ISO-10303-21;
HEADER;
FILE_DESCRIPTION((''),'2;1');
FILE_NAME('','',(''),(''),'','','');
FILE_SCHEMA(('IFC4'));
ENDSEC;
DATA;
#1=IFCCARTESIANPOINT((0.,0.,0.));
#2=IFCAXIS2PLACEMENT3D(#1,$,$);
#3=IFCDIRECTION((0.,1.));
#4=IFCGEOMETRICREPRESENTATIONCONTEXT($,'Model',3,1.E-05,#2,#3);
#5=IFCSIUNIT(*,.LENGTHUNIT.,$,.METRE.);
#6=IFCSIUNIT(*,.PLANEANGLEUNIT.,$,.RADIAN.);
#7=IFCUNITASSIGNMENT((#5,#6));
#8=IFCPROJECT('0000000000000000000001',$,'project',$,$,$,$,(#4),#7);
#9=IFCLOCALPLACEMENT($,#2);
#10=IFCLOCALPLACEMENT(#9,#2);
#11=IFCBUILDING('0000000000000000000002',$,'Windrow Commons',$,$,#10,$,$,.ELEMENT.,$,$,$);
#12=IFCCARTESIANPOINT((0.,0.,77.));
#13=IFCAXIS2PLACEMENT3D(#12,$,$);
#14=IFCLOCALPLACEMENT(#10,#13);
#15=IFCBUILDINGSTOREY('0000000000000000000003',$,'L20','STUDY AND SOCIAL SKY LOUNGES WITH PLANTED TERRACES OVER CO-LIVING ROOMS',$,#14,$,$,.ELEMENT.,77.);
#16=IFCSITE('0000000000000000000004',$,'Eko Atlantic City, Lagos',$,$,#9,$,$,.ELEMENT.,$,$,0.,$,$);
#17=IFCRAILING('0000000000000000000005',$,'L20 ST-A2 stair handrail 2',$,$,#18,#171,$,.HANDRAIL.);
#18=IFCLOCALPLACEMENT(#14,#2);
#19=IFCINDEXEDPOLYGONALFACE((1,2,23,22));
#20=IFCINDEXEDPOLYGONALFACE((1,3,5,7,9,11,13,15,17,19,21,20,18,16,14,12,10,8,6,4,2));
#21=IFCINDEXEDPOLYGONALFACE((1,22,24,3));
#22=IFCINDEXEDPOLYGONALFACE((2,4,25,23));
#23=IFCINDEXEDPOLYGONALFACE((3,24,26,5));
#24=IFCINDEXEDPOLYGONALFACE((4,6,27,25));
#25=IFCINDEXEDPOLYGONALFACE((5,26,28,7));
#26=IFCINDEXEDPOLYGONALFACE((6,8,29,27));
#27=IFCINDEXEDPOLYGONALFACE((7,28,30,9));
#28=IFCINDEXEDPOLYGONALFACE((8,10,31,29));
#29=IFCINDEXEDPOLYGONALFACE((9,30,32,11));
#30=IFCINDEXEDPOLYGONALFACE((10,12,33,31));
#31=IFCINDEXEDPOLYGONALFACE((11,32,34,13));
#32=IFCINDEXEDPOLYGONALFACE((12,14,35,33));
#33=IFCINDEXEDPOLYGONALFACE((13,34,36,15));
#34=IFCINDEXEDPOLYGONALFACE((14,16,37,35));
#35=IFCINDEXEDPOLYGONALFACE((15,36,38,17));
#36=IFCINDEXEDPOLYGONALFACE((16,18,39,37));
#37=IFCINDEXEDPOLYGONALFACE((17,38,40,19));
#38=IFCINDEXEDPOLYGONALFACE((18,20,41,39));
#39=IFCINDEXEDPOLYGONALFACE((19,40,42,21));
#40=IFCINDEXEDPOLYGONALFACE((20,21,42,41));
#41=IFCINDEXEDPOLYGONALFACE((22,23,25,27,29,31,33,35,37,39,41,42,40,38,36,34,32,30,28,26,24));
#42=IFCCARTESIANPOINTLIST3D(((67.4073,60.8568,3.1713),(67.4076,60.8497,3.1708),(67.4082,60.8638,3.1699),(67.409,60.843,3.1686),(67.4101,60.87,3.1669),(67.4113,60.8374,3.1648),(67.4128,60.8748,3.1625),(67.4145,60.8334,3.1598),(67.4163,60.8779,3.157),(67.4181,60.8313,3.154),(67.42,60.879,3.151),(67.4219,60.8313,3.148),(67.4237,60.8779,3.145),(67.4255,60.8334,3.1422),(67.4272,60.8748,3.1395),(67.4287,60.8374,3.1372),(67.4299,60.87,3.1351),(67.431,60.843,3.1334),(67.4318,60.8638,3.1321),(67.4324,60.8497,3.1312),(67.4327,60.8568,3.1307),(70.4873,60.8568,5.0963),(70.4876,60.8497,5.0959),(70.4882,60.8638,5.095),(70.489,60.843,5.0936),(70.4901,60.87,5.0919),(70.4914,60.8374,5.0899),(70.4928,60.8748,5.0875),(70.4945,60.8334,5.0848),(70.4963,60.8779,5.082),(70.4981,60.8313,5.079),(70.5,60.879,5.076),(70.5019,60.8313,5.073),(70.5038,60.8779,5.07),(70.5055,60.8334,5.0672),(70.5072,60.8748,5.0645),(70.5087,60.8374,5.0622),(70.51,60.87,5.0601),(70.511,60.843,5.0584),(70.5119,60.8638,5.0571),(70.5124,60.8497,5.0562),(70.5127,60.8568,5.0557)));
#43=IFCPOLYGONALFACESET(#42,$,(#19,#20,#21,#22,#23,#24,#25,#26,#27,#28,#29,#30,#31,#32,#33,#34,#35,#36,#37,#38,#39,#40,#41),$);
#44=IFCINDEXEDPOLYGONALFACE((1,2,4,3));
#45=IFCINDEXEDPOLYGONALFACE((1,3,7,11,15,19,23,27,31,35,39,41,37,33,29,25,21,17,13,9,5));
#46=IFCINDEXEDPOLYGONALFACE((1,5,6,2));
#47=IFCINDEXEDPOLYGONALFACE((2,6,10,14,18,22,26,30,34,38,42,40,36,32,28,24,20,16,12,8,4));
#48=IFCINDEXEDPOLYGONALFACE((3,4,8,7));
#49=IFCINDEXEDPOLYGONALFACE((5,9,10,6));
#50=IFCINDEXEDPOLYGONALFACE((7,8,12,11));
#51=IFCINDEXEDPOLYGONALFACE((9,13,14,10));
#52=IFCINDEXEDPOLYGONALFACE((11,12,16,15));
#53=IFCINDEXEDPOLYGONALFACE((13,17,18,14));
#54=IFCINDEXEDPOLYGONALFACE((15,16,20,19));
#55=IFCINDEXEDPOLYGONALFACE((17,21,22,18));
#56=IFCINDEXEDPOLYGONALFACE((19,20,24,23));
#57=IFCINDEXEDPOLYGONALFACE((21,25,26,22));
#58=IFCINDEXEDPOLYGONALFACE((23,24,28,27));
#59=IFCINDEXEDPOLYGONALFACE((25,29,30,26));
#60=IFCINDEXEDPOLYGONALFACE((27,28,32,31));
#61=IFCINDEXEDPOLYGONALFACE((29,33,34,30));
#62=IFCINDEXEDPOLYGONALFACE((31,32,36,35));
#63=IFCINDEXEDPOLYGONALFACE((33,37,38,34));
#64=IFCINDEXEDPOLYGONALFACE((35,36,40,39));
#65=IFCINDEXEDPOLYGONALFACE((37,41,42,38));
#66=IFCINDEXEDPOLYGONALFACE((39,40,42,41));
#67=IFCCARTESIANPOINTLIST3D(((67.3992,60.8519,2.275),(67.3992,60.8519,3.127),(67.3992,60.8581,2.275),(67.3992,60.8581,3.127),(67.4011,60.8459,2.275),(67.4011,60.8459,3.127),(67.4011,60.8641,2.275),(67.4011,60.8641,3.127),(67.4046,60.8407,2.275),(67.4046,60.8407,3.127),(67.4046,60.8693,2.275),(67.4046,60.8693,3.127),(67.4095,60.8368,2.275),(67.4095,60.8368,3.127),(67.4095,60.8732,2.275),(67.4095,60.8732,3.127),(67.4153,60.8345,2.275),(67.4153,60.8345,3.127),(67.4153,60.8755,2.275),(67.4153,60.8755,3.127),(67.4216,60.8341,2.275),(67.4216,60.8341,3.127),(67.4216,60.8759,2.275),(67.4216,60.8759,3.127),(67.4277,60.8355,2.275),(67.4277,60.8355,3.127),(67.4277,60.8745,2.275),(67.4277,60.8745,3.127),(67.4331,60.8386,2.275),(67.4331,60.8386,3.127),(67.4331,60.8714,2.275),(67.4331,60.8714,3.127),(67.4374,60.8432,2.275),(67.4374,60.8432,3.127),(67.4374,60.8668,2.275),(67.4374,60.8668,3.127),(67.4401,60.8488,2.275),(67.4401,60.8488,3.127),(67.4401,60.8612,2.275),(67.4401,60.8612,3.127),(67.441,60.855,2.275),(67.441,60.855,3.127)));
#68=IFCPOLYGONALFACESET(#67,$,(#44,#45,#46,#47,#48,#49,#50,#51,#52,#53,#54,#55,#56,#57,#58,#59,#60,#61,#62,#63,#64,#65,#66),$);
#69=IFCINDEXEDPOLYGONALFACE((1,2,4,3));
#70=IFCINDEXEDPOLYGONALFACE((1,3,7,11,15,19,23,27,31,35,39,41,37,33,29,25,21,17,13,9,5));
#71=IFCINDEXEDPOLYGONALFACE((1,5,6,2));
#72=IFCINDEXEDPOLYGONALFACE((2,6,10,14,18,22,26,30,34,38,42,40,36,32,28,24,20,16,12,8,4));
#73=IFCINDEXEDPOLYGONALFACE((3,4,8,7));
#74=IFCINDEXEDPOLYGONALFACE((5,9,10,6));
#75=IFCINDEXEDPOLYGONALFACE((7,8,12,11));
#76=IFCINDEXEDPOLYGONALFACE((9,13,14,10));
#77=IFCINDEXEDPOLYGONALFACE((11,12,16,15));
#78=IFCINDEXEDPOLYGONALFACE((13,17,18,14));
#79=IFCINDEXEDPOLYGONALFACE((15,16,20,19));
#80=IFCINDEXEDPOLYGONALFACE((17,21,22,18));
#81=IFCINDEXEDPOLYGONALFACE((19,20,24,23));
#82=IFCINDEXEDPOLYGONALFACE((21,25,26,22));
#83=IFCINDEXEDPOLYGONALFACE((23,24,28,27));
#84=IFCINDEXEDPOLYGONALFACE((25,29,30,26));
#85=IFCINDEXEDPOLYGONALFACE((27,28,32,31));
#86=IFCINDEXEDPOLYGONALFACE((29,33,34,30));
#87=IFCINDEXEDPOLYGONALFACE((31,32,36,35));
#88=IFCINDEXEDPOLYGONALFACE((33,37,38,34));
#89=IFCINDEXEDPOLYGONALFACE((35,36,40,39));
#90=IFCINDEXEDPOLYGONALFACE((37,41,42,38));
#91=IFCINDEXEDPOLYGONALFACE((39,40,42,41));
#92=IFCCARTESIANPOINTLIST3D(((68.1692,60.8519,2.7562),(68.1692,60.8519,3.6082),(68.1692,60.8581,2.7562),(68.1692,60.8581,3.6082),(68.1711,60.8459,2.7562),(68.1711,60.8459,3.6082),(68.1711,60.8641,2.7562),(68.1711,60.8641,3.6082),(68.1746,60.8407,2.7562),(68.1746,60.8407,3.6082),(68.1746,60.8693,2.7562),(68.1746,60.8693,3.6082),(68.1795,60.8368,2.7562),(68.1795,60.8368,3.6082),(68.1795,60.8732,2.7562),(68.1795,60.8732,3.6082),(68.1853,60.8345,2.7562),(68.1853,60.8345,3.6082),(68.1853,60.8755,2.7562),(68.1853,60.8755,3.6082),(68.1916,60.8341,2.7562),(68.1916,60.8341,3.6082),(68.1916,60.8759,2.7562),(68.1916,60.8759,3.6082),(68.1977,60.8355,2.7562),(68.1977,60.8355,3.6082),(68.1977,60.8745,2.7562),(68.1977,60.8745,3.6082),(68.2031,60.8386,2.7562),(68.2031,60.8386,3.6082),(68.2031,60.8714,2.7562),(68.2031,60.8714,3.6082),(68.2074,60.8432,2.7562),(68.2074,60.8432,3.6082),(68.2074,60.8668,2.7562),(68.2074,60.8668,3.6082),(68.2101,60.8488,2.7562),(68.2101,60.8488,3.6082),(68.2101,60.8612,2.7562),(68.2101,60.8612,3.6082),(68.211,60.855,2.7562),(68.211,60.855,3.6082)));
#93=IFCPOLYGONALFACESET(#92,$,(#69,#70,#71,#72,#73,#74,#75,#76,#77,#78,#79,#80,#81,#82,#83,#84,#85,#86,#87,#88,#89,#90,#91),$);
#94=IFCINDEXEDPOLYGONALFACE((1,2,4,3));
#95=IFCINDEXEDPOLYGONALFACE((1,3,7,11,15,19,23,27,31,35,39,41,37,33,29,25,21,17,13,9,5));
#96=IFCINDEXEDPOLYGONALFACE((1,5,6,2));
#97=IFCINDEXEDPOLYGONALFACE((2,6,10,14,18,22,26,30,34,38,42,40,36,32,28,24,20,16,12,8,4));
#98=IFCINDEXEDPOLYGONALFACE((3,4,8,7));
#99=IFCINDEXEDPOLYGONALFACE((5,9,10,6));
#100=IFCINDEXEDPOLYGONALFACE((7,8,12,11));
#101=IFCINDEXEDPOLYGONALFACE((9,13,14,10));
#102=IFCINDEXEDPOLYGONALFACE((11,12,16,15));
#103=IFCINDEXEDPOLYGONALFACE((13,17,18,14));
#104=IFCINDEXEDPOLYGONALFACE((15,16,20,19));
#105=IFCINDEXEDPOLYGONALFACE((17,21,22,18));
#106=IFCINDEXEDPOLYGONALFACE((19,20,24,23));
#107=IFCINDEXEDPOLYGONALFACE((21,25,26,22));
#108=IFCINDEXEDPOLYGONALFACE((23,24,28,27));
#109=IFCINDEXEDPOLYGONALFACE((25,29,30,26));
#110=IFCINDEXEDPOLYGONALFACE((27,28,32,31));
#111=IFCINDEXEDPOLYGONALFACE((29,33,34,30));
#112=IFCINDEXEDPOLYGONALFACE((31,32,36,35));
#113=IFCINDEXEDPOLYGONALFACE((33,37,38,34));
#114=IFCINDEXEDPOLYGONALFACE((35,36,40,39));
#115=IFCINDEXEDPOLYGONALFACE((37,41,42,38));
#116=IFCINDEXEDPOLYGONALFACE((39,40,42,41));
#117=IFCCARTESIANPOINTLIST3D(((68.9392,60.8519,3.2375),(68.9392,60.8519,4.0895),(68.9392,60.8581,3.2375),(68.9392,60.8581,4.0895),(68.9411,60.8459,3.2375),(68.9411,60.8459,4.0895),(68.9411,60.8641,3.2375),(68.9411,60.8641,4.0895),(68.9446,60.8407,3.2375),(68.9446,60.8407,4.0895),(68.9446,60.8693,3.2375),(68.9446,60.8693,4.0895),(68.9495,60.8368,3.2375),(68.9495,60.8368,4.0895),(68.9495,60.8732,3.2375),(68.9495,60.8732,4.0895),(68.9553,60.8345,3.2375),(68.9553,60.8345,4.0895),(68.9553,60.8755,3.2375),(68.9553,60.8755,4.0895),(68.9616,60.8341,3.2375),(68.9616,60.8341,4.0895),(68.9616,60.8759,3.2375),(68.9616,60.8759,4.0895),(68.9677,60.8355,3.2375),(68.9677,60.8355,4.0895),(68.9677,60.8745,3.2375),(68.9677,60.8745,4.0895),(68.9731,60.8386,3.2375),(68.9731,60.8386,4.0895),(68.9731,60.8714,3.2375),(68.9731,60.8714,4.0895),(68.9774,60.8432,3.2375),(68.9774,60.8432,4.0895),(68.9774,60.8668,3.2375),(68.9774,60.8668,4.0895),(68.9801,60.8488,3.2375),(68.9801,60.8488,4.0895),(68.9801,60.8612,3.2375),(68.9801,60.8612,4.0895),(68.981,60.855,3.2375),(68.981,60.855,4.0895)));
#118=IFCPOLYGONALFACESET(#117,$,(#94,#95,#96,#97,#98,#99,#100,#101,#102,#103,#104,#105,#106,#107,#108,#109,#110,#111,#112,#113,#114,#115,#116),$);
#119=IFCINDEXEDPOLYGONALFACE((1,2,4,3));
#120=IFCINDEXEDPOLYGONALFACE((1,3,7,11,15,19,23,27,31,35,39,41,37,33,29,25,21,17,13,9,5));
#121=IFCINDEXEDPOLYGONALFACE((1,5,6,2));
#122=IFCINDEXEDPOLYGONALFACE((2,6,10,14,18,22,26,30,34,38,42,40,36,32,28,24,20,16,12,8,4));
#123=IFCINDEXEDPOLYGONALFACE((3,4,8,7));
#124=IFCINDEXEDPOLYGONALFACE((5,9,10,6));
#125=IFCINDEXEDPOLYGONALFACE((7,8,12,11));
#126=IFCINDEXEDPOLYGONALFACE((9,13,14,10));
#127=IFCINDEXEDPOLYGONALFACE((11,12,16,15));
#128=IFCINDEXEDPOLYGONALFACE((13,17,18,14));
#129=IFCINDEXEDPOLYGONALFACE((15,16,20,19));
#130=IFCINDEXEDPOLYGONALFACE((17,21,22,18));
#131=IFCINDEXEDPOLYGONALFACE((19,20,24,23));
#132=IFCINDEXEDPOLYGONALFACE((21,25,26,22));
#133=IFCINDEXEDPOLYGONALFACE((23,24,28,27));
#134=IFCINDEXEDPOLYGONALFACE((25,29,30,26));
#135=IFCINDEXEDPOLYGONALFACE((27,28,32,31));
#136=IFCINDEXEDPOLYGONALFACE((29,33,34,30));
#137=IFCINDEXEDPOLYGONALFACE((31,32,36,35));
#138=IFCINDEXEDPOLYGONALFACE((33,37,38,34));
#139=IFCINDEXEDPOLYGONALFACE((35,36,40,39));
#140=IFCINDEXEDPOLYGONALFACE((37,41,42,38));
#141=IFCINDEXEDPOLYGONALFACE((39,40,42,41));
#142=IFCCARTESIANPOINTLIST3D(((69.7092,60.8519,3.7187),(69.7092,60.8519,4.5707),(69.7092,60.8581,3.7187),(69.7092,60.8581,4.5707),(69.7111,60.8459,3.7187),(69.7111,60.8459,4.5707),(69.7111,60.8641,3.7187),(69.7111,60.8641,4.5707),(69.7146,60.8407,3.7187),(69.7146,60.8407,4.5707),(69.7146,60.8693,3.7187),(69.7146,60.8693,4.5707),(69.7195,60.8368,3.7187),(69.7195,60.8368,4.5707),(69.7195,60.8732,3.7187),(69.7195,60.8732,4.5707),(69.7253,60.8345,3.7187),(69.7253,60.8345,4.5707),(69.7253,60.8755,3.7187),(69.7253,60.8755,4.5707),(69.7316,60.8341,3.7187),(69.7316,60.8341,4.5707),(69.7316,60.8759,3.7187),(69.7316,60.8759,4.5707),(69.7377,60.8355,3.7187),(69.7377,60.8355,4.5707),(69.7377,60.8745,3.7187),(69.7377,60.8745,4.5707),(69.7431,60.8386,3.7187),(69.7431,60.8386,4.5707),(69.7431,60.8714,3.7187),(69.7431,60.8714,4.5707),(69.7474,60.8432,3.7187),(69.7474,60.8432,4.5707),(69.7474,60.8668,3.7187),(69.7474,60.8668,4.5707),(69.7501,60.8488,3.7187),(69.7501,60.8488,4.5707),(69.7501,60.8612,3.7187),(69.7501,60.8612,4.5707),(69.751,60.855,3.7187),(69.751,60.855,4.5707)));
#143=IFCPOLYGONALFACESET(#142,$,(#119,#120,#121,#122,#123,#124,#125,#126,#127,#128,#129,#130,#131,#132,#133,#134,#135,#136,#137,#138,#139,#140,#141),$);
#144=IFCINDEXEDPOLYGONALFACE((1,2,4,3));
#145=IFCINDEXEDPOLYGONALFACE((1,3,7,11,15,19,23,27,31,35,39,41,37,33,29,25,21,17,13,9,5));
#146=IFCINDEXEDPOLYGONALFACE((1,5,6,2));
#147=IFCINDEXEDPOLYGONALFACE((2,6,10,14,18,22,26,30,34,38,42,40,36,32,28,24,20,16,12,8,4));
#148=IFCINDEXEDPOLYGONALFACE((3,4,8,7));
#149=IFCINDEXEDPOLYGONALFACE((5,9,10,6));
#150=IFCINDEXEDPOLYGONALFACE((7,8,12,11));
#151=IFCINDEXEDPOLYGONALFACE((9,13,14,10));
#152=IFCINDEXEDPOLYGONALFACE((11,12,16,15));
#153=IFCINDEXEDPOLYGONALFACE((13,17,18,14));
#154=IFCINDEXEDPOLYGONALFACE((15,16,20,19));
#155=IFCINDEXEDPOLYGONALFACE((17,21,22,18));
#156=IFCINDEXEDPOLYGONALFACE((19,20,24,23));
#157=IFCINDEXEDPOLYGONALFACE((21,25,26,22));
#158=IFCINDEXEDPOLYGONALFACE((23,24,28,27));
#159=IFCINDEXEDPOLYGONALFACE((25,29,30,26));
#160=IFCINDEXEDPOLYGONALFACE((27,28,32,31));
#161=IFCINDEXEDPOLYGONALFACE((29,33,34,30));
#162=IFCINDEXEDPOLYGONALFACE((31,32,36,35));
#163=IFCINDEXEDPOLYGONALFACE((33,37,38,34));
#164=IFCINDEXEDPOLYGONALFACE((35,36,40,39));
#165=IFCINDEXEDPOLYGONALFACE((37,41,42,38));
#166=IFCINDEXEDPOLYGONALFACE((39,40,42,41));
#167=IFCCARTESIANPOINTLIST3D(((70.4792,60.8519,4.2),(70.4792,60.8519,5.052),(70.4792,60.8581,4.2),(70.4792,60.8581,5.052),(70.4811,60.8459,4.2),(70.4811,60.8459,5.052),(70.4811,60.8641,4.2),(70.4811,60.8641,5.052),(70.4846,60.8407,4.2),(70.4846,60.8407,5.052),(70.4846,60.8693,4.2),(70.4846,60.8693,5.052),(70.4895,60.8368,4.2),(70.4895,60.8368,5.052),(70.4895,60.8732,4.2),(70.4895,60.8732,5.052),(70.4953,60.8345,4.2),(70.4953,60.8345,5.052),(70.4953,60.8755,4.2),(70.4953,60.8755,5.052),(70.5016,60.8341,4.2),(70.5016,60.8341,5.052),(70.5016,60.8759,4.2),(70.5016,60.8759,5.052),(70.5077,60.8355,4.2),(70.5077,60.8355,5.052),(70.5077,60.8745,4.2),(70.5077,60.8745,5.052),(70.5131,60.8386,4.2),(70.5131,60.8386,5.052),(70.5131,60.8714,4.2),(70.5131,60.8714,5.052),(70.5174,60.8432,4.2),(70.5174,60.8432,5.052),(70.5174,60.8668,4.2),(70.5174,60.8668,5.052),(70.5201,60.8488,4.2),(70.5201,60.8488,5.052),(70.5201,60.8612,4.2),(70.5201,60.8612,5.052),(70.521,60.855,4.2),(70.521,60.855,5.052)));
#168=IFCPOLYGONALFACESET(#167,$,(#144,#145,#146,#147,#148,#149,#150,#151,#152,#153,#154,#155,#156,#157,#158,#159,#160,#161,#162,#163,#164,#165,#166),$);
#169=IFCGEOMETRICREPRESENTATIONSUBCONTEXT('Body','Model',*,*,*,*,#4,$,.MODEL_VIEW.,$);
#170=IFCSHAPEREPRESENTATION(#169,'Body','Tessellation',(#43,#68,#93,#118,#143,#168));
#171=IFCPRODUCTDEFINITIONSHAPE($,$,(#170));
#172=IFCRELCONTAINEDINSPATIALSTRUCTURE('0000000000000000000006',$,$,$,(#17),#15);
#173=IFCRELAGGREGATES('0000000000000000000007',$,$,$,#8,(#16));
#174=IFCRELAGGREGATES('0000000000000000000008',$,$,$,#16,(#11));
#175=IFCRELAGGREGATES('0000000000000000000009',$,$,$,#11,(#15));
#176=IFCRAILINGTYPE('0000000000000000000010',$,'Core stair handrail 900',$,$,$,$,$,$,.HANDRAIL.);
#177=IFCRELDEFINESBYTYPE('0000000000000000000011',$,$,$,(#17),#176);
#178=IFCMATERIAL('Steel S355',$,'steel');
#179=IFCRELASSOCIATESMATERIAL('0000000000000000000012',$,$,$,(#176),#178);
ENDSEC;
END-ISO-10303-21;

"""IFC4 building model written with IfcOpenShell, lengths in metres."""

from ifc_helpers import new_model, si_unit, direction, frame, origin, origin_2d, place, context, subcontext, project, spatial, circle, extrude, material, type_object, element, save


model = new_model("IFC4")

# Units and contexts
model_context = context("Model", 3, precision=1e-05, world=origin(), true_north=direction((0.0, 1.0)))
body_context = subcontext(model_context, "Body", "Model", "MODEL_VIEW")
ifc_project = project(units=[si_unit("LENGTHUNIT", "METRE"), si_unit("PLANEANGLEUNIT", "RADIAN")], contexts=[model_context])

# Site, building, storey
site_placement = place(None, origin())
site = spatial("IfcSite", under=ifc_project, at=site_placement, Name="Eko Atlantic City, Lagos", CompositionType="ELEMENT", RefElevation=0.0)
building_placement = place(site_placement, origin())
building = spatial("IfcBuilding", under=site, at=building_placement, Name="Windrow Commons", CompositionType="ELEMENT")
storey_placement = place(building_placement, frame((0.0, 0.0, 77.0)))
storey = spatial("IfcBuildingStorey", under=building, at=storey_placement, Name="L20", Description="STUDY AND SOCIAL SKY LOUNGES WITH PLANTED TERRACES OVER CO-LIVING ROOMS", CompositionType="ELEMENT", Elevation=77.0)

# Railing
ifc_material_1 = material(Name="Steel S355", Category="steel")
railing_type_1 = type_object("IfcRailingType", Name="Core stair handrail 900", PredefinedType="HANDRAIL", material=ifc_material_1)
railing_1_placement = place(storey_placement, frame((67.42, 60.855, 2.275)))
element("IfcRailing", 1, at=railing_1_placement, inside=storey, type_object=railing_type_1, Name="L20 ST-A2 stair handrail 2", PredefinedType="HANDRAIL", context=body_context, shape_type="SweptSolid", body=[
    extrude(circle(Radius=0.024, at=origin_2d()), frame((0.0, 0.0, 0.876), z_axis=(0.847998, 0.0, 0.529999), x_axis=(0.0, 1.0, 0.0)), (0.0, 0.0, 1.0), 3.6321),
    extrude(circle(Radius=0.021, at=origin_2d()), origin(), (0.0, 0.0, 1.0), 0.852),
    extrude(circle(Radius=0.021, at=origin_2d()), frame((0.77, 0.0, 0.4812)), (0.0, 0.0, 1.0), 0.852),
    extrude(circle(Radius=0.021, at=origin_2d()), frame((1.54, 0.0, 0.9625)), (0.0, 0.0, 1.0), 0.852),
    extrude(circle(Radius=0.021, at=origin_2d()), frame((2.31, 0.0, 1.4437)), (0.0, 0.0, 1.0), 0.852),
    extrude(circle(Radius=0.021, at=origin_2d()), frame((3.08, 0.0, 1.925)), (0.0, 0.0, 1.0), 0.852),
])

save(model, "model.ifc")
